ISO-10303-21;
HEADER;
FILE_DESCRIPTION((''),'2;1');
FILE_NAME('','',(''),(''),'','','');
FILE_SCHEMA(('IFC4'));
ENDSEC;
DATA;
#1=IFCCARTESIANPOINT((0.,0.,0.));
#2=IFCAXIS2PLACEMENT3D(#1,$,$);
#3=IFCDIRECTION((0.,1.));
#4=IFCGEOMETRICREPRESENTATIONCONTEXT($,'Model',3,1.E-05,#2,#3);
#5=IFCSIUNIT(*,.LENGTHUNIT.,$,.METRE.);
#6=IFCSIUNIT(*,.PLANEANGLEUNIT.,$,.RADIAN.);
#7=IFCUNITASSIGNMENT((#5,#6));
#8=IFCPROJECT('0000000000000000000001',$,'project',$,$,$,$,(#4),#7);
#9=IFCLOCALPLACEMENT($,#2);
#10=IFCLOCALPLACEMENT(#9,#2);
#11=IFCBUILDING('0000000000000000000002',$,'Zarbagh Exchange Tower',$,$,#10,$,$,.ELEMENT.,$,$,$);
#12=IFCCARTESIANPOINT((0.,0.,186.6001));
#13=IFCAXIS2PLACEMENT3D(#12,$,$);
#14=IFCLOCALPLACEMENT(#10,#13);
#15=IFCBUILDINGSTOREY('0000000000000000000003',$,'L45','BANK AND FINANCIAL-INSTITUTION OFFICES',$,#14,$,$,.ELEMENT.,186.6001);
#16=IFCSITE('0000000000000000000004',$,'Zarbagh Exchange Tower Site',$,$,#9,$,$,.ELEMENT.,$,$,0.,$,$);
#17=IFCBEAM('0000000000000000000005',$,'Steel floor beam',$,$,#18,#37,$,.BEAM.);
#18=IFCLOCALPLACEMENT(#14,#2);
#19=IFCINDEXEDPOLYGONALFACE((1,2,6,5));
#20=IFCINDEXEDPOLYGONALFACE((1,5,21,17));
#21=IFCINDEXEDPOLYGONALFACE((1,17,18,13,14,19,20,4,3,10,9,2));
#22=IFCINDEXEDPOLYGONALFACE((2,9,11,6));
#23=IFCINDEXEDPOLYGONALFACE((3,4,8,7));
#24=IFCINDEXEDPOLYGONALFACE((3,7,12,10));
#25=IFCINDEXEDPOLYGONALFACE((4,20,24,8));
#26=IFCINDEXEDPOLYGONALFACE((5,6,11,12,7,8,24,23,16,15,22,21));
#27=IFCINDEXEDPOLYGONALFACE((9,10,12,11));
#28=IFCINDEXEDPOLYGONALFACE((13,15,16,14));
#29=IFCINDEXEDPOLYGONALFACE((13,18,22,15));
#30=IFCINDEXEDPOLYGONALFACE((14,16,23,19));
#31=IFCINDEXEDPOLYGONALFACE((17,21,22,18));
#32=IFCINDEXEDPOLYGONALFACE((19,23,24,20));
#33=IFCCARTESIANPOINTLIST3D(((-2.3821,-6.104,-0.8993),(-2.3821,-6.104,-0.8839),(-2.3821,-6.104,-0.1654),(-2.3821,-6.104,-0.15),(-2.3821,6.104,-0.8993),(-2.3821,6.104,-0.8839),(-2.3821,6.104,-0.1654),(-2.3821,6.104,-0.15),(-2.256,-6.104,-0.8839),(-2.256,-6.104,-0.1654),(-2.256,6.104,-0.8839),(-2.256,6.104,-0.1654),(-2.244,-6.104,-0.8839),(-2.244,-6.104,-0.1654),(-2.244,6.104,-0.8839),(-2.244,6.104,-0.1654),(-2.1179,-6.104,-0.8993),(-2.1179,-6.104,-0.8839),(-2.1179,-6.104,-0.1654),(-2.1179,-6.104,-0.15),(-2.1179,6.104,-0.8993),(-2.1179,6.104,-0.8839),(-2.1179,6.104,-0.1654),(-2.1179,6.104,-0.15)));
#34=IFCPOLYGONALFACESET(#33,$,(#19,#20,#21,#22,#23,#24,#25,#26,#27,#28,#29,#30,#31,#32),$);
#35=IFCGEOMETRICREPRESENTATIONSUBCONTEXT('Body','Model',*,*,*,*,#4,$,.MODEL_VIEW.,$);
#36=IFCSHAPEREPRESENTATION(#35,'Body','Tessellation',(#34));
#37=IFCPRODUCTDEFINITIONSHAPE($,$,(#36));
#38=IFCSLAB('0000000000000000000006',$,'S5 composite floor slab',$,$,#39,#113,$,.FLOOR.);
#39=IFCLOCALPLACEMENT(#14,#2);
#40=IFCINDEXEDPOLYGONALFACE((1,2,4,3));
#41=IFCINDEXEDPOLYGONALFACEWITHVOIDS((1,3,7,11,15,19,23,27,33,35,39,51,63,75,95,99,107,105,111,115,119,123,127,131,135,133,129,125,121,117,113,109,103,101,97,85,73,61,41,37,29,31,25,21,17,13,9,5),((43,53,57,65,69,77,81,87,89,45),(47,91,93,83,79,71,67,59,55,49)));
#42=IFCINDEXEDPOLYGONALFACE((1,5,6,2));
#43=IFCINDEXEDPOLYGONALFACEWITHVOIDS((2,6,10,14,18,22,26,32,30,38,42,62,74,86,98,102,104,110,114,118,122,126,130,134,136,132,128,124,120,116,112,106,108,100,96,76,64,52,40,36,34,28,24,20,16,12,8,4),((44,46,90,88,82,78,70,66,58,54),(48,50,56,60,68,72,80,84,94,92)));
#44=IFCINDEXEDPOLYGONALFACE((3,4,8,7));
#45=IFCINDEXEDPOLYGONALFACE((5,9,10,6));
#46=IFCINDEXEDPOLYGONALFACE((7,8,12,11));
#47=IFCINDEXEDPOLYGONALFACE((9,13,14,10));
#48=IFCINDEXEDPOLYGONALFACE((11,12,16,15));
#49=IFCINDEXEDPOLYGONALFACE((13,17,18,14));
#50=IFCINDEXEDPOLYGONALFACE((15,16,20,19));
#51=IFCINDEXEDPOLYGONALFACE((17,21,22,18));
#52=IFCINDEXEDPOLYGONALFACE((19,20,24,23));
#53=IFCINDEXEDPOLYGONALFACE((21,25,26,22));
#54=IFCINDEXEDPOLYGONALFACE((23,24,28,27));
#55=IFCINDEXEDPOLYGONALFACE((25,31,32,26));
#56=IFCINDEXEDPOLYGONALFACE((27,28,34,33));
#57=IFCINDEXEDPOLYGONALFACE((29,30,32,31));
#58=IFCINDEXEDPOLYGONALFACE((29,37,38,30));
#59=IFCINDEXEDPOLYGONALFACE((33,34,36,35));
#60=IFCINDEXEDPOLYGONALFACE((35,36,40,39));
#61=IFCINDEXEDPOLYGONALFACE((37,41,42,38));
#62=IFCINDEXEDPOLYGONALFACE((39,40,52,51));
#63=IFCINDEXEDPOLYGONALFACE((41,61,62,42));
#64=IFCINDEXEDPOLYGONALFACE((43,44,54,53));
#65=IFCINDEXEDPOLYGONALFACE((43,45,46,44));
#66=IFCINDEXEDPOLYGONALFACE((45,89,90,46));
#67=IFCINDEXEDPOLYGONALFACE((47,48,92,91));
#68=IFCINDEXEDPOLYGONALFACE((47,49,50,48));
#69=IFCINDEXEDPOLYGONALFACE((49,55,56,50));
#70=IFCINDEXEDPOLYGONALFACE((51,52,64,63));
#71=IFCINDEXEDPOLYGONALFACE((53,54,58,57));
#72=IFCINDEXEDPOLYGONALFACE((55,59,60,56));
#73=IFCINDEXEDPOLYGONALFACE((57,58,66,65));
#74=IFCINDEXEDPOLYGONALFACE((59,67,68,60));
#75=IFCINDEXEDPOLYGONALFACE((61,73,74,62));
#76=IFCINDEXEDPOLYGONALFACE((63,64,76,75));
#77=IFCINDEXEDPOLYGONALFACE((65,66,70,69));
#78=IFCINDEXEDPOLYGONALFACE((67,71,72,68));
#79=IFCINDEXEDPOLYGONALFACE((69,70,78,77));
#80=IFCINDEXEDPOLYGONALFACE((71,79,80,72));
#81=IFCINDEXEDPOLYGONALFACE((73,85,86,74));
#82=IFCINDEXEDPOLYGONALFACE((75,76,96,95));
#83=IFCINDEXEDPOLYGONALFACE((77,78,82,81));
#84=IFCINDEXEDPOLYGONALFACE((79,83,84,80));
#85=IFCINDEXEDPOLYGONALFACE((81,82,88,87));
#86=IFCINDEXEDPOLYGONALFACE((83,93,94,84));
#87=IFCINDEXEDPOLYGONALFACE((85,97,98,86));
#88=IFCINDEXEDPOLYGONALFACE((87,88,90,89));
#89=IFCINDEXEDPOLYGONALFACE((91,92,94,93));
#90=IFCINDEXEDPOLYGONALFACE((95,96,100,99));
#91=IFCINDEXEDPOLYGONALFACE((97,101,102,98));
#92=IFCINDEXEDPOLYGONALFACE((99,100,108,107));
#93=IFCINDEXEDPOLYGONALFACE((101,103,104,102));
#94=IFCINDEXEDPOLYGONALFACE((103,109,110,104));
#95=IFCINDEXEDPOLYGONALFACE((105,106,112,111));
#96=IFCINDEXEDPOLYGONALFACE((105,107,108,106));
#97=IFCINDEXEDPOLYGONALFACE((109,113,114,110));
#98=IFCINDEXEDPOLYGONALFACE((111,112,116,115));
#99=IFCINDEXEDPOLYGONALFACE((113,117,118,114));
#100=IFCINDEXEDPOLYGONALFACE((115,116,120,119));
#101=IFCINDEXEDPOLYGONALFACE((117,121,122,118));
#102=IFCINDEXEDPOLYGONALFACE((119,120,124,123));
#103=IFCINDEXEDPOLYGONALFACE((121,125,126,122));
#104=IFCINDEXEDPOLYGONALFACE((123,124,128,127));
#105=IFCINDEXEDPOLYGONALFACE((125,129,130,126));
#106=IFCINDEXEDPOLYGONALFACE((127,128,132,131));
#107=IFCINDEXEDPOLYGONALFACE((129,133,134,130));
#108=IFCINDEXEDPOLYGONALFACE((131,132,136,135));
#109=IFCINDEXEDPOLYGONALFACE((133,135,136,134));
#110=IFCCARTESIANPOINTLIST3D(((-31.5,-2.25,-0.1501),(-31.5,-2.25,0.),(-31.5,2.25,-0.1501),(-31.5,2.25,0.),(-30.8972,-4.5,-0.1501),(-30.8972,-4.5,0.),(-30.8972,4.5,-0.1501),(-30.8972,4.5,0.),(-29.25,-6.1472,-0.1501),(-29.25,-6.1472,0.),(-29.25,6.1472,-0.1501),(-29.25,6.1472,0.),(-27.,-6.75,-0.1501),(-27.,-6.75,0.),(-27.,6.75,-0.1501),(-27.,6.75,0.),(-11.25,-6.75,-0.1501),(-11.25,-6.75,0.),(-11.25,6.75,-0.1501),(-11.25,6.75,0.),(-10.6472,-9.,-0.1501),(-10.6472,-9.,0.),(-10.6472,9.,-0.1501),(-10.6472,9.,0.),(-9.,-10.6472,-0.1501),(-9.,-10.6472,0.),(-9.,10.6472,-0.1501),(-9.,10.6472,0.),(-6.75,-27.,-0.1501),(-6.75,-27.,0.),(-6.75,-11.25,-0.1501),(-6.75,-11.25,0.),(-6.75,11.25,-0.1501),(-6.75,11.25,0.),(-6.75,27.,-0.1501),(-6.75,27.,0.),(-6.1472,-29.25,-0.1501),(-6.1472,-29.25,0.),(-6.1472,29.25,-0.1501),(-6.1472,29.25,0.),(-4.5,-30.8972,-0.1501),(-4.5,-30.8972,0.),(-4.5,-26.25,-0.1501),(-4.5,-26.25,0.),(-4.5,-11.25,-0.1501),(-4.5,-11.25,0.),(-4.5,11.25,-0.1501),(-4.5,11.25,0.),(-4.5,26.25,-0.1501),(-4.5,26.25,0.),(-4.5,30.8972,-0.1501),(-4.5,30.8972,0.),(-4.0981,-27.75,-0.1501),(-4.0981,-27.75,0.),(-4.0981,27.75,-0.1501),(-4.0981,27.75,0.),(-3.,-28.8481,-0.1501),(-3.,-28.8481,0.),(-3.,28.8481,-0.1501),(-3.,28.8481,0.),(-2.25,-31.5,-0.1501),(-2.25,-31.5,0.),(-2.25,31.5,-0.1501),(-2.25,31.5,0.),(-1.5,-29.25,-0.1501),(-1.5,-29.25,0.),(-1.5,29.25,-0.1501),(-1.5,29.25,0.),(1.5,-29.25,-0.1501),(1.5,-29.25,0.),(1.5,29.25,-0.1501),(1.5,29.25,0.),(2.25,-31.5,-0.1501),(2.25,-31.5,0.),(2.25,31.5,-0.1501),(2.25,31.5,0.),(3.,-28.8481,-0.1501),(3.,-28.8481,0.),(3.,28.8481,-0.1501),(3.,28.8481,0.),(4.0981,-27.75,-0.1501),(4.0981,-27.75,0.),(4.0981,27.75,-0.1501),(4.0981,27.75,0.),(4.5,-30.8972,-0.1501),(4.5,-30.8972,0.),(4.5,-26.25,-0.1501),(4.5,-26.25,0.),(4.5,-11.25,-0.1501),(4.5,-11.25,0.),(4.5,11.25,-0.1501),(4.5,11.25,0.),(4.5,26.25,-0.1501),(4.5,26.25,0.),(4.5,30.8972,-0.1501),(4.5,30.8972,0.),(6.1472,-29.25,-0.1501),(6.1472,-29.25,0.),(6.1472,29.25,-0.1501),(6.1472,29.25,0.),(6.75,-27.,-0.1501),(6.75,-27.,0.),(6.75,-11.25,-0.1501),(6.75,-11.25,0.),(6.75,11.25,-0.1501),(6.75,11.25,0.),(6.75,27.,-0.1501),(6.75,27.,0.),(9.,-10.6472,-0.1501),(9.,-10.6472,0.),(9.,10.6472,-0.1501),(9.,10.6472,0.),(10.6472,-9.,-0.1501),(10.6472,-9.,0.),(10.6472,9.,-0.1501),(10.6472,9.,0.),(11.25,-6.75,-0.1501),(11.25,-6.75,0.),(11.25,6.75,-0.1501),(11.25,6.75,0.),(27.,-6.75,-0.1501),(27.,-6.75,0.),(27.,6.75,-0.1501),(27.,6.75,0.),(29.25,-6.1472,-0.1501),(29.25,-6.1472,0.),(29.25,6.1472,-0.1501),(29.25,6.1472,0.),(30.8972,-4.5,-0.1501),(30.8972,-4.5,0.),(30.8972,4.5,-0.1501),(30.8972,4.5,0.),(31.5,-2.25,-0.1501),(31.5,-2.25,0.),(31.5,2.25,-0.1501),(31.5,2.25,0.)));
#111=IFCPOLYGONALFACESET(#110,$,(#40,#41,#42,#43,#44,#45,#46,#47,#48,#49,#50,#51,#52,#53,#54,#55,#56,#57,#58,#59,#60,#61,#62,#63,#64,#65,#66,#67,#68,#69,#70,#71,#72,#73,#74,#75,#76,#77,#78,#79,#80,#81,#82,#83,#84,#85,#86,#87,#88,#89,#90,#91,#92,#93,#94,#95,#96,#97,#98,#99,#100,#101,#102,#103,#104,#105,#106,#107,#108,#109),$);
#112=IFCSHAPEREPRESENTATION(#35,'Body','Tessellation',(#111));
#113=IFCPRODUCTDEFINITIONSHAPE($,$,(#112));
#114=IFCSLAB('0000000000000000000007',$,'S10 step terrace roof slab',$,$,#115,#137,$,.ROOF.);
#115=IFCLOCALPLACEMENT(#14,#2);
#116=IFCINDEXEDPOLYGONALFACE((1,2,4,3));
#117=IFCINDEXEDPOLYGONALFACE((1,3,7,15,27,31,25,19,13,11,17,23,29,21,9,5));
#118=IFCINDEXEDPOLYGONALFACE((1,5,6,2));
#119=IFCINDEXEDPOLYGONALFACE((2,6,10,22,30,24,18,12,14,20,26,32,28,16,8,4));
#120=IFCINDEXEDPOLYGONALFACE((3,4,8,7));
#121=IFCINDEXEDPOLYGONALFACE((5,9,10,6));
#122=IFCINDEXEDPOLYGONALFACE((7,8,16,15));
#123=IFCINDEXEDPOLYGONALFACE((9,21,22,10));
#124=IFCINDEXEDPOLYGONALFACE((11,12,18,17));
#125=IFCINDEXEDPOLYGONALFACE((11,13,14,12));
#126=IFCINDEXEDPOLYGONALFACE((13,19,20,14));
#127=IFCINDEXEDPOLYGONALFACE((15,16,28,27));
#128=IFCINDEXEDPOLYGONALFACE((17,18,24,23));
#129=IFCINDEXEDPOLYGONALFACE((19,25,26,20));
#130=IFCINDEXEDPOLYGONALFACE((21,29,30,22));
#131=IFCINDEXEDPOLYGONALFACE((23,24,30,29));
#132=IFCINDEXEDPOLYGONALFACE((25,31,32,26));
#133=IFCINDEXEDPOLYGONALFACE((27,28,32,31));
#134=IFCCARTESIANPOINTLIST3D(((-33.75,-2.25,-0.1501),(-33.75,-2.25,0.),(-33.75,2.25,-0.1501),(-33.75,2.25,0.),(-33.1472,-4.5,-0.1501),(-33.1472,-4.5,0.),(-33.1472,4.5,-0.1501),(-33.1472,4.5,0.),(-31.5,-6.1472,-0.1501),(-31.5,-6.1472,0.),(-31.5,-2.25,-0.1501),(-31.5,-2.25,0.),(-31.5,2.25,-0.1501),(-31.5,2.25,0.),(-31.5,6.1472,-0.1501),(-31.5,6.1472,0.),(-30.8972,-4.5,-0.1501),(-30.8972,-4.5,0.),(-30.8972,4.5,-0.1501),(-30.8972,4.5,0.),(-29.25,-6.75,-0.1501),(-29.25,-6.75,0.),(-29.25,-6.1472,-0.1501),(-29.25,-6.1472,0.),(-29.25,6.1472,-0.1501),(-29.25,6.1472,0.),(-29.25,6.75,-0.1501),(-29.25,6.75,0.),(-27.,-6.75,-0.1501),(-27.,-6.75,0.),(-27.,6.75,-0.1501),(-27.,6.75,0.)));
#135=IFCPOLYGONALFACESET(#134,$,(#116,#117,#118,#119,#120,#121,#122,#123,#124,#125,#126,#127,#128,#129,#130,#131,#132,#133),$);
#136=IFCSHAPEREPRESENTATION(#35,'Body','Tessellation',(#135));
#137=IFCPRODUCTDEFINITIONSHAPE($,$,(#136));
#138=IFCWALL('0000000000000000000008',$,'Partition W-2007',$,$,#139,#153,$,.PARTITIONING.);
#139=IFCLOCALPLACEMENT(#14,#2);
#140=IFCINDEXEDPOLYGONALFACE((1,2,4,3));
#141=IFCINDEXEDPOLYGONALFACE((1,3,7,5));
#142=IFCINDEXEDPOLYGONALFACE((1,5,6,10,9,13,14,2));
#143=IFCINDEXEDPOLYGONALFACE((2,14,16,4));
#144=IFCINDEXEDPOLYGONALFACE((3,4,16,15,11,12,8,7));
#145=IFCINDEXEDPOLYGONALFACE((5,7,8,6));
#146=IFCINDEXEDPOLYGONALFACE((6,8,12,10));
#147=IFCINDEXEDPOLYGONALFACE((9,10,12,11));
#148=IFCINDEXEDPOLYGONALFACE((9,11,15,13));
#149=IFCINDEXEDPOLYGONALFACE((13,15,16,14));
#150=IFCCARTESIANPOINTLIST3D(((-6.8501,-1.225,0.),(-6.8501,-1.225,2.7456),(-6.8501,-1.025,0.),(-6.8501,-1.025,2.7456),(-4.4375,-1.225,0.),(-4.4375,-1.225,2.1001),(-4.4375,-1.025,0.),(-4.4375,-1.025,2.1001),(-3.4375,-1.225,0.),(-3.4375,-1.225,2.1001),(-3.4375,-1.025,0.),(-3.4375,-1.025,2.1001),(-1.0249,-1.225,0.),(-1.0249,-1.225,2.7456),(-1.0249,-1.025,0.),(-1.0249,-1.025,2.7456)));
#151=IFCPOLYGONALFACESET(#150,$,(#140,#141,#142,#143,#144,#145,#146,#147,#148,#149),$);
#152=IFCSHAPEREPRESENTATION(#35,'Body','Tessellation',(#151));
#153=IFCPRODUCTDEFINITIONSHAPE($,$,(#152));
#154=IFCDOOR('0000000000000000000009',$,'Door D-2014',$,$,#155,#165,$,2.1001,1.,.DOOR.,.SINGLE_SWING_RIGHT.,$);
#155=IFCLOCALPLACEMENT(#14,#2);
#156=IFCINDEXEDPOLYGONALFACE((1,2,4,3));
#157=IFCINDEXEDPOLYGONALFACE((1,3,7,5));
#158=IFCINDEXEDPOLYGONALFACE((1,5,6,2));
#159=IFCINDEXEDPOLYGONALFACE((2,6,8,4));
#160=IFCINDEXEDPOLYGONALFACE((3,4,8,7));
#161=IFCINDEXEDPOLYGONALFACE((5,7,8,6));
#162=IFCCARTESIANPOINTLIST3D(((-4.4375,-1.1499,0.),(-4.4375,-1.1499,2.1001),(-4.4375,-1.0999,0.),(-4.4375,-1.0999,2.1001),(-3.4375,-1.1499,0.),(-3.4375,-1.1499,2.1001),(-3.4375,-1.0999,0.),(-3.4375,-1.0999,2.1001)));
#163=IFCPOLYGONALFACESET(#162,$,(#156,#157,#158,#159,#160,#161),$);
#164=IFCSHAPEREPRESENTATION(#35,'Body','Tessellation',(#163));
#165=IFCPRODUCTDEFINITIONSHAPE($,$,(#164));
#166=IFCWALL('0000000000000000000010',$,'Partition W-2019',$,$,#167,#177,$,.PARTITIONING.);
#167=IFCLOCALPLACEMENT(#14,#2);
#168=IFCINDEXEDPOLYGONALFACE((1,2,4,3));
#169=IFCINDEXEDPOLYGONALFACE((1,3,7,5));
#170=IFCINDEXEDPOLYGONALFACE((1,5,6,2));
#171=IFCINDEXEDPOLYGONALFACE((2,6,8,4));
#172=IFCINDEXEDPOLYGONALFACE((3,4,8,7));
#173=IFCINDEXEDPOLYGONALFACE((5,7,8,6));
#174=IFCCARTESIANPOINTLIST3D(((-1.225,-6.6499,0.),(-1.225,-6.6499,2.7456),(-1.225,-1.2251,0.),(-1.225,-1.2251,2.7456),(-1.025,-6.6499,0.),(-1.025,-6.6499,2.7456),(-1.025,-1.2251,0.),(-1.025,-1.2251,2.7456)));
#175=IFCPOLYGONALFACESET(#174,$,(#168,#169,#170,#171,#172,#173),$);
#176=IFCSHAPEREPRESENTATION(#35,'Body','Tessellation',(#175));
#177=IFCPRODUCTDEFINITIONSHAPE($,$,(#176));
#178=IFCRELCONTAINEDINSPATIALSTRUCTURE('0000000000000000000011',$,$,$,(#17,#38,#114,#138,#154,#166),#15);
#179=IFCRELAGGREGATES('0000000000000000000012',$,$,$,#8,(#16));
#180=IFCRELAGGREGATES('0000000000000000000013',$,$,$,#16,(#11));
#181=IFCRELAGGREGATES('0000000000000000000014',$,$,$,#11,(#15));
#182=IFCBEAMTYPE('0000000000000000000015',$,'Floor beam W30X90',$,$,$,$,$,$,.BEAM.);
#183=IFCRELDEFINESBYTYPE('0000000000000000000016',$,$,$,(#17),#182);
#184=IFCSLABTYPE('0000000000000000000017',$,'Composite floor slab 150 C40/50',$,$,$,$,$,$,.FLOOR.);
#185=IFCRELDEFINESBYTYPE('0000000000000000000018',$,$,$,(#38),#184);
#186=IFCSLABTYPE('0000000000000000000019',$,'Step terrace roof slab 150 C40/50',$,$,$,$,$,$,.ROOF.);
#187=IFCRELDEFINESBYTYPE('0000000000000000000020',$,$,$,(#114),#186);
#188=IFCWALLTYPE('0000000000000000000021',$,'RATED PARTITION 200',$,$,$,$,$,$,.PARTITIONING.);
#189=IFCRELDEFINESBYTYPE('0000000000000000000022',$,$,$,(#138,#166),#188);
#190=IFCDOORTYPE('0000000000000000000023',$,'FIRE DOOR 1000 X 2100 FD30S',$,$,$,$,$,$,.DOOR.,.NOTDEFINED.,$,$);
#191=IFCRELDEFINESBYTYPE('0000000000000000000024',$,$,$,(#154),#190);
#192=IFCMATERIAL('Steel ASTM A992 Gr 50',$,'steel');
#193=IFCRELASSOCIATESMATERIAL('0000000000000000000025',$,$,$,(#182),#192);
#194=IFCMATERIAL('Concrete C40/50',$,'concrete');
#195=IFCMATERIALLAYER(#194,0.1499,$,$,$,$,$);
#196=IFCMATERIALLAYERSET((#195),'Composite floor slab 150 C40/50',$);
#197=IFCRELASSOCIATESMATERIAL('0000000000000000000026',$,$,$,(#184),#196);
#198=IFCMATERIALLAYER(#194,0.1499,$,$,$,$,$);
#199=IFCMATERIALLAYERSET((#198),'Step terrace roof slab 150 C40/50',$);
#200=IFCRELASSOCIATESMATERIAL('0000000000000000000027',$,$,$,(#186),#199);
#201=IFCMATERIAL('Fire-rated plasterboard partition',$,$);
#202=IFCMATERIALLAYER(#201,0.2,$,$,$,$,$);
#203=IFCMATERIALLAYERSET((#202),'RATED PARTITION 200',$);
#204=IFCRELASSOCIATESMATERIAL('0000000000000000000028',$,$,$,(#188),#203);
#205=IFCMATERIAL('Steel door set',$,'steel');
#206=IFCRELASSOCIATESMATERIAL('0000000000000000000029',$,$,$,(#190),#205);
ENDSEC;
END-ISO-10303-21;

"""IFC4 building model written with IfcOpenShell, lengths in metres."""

from ifc_helpers import new_model, si_unit, direction, frame, frame_2d, origin, origin_2d, place, context, subcontext, project, spatial, polyline, rectangle, i_section, outline, extrude, material, layer, layer_set, material_profile, profile_set, type_object, element, fill, save


model = new_model("IFC4")

# Units and contexts
model_context = context("Model", 3, precision=1e-05, world=origin(), true_north=direction((0.0, 1.0)))
body_context = subcontext(model_context, "Body", "Model", "MODEL_VIEW")
ifc_project = project(units=[si_unit("LENGTHUNIT", "METRE"), si_unit("PLANEANGLEUNIT", "RADIAN")], contexts=[model_context])

# Site, building, storey
site_placement = place(None, origin())
site = spatial("IfcSite", under=ifc_project, at=site_placement, Name="Zarbagh Exchange Tower Site", CompositionType="ELEMENT", RefElevation=0.0)
building_placement = place(site_placement, origin())
building = spatial("IfcBuilding", under=site, at=building_placement, Name="Zarbagh Exchange Tower", CompositionType="ELEMENT")
storey_placement = place(building_placement, frame((0.0, 0.0, 186.6001)))
storey = spatial("IfcBuildingStorey", under=building, at=storey_placement, Name="L45", Description="BANK AND FINANCIAL-INSTITUTION OFFICES", CompositionType="ELEMENT", Elevation=186.6001)

# Beam
ifc_material_1 = material(Name="Steel ASTM A992 Gr 50", Category="steel")
ifc_material_profile = material_profile(ifc_material_1, i_section(OverallWidth=0.2642, OverallDepth=0.7493, WebThickness=0.012, FlangeThickness=0.0154, at=origin_2d()), Name="W30X90")
ifc_profile_set = profile_set([ifc_material_profile], Name="Steel ASTM A992 Gr 50")
beam_type = type_object("IfcBeamType", Name="Floor beam W30X90", PredefinedType="BEAM", material=ifc_profile_set)
beam_placement = place(storey_placement, frame((-2.25, -6.104, -0.5247), z_axis=(0.0, 1.0, 0.0), x_axis=(-1.0, 0.0, 0.0)))
element("IfcBeam", 1, at=beam_placement, inside=storey, type_object=beam_type, Name="Steel floor beam", PredefinedType="BEAM", context=body_context, shape_type="SweptSolid", body=[
    extrude(i_section(OverallWidth=0.2642, OverallDepth=0.7493, WebThickness=0.012, FlangeThickness=0.0154, at=origin_2d()), origin(), (0.0, 0.0, 1.0), 12.208),
])

# Slabs
ifc_material_2 = material(Name="Concrete C40/50", Category="concrete")
ifc_layer_1 = layer(ifc_material_2, 0.1499)
ifc_layer_set_1 = layer_set([ifc_layer_1], Name="Composite floor slab 150 C40/50")
slab_type_1 = type_object("IfcSlabType", Name="Composite floor slab 150 C40/50", PredefinedType="FLOOR", material=ifc_layer_set_1)
slab_1_placement = place(storey_placement, frame((0.0, 0.0, -0.1501)))
element("IfcSlab", 2, at=slab_1_placement, inside=storey, type_object=slab_type_1, Name="S5 composite floor slab", PredefinedType="FLOOR", context=body_context, shape_type="SweptSolid", body=[
    extrude(outline(polyline([(-2.25, -31.5), (-4.5, -30.8972), (-6.1472, -29.25), (-6.75, -27.0), (-6.75, -11.25), (-9.0, -10.6472), (-10.6472, -9.0), (-11.25, -6.75), (-27.0, -6.75), (-29.25, -6.1472), (-30.8972, -4.5), (-31.5, -2.25), (-31.5, 2.25), (-30.8972, 4.5), (-29.25, 6.1472), (-27.0, 6.75), (-11.25, 6.75), (-10.6472, 9.0), (-9.0, 10.6472), (-6.75, 11.25), (-6.75, 27.0), (-6.1472, 29.25), (-4.5, 30.8972), (-2.25, 31.5), (2.25, 31.5), (4.5, 30.8972), (6.1472, 29.25), (6.75, 27.0), (6.75, 11.25), (9.0, 10.6472), (10.6472, 9.0), (11.25, 6.75), (27.0, 6.75), (29.25, 6.1472), (30.8972, 4.5), (31.5, 2.25), (31.5, -2.25), (30.8972, -4.5), (29.25, -6.1472), (27.0, -6.75), (11.25, -6.75), (10.6472, -9.0), (9.0, -10.6472), (6.75, -11.25), (6.75, -27.0), (6.1472, -29.25), (4.5, -30.8972), (2.25, -31.5), (-2.25, -31.5)]), holes=[polyline([(4.5, 11.25), (4.5, 26.25), (4.0981, 27.75), (3.0, 28.8481), (1.5, 29.25), (-1.5, 29.25), (-3.0, 28.8481), (-4.0981, 27.75), (-4.5, 26.25), (-4.5, 11.25), (4.5, 11.25)]), polyline([(-1.5, -29.25), (1.5, -29.25), (3.0, -28.8481), (4.0981, -27.75), (4.5, -26.25), (4.5, -11.25), (-4.5, -11.25), (-4.5, -26.25), (-4.0981, -27.75), (-3.0, -28.8481), (-1.5, -29.25)])]), origin(), (0.0, 0.0, 1.0), 0.1501),
])
ifc_layer_2 = layer(ifc_material_2, 0.1499)
ifc_layer_set_2 = layer_set([ifc_layer_2], Name="Step terrace roof slab 150 C40/50")
slab_type_2 = type_object("IfcSlabType", Name="Step terrace roof slab 150 C40/50", PredefinedType="ROOF", material=ifc_layer_set_2)
slab_2_placement = place(storey_placement, frame((0.0, 0.0, -0.1501)))
element("IfcSlab", 3, at=slab_2_placement, inside=storey, type_object=slab_type_2, Name="S10 step terrace roof slab", PredefinedType="ROOF", context=body_context, shape_type="SweptSolid", body=[
    extrude(outline(polyline([(-29.25, -6.75), (-31.5, -6.1472), (-33.1472, -4.5), (-33.75, -2.25), (-33.75, 2.25), (-33.1472, 4.5), (-31.5, 6.1472), (-29.25, 6.75), (-27.0, 6.75), (-29.25, 6.1472), (-30.8972, 4.5), (-31.5, 2.25), (-31.5, -2.25), (-30.8972, -4.5), (-29.25, -6.1472), (-27.0, -6.75), (-29.25, -6.75)])), origin(), (0.0, 0.0, 1.0), 0.1501),
])

# Wall, opening, door
ifc_material_3 = material(Name="Fire-rated plasterboard partition")
ifc_layer_3 = layer(ifc_material_3, 0.2)
ifc_layer_set_3 = layer_set([ifc_layer_3], Name="RATED PARTITION 200")
wall_type_1 = type_object("IfcWallType", Name="RATED PARTITION 200", PredefinedType="PARTITIONING", material=ifc_layer_set_3)
wall_1_placement = place(storey_placement, frame((-1.0249, -1.125, 0.0), z_axis=(0.0, 0.0, 1.0), x_axis=(-1.0, 0.0, 0.0)))
wall_1 = element("IfcWall", 4, at=wall_1_placement, inside=storey, type_object=wall_type_1, Name="Partition W-2007", PredefinedType="PARTITIONING", context=body_context, shape_type="SweptSolid", body=[
    extrude(rectangle(XDim=5.8252, YDim=0.2, at=frame_2d((2.9126, 0.0))), origin(), (0.0, 0.0, 1.0), 2.7456),
])
opening_1_placement = place(wall_1_placement, frame((2.4126, 0.0, 0.0)))
opening_1 = element("IfcOpeningElement", 5, at=opening_1_placement, cuts=wall_1, PredefinedType="OPENING", context=body_context, shape_type="SweptSolid", body=[
    extrude(rectangle(XDim=1.0, YDim=2.1001, at=frame_2d((0.5, 1.05))), frame((0.0, 0.1099, 0.0), z_axis=(0.0, -1.0, 0.0), x_axis=(1.0, 0.0, 0.0)), (0.0, 0.0, 1.0), 0.22),
])
ifc_material_4 = material(Name="Steel door set", Category="steel")
door_type_1 = type_object("IfcDoorType", Name="FIRE DOOR 1000 X 2100 FD30S", OperationType="NOTDEFINED", PredefinedType="DOOR", material=ifc_material_4)
door_1_placement = place(opening_1_placement, origin())
door_1 = element("IfcDoor", 6, at=door_1_placement, inside=storey, type_object=door_type_1, Name="Door D-2014", OperationType="SINGLE_SWING_RIGHT", OverallHeight=2.1001, OverallWidth=1.0, PredefinedType="DOOR", context=body_context, shape_type="SweptSolid", body=[
    extrude(rectangle(XDim=1.0, YDim=2.1001, at=frame_2d((0.5, 1.05))), frame((0.0, 0.0249, 0.0), z_axis=(0.0, -1.0, 0.0), x_axis=(1.0, 0.0, 0.0)), (0.0, 0.0, 1.0), 0.05),
])
fill(opening_1, door_1)

# Wall
wall_2_placement = place(storey_placement, frame((-1.125, -6.6499, 0.0), z_axis=(0.0, 0.0, 1.0), x_axis=(0.0, 1.0, 0.0)))
element("IfcWall", 7, at=wall_2_placement, inside=storey, type_object=wall_type_1, Name="Partition W-2019", PredefinedType="PARTITIONING", context=body_context, shape_type="SweptSolid", body=[
    extrude(rectangle(XDim=5.4248, YDim=0.2, at=frame_2d((2.7124, 0.0))), origin(), (0.0, 0.0, 1.0), 2.7456),
])

save(model, "model.ifc")
